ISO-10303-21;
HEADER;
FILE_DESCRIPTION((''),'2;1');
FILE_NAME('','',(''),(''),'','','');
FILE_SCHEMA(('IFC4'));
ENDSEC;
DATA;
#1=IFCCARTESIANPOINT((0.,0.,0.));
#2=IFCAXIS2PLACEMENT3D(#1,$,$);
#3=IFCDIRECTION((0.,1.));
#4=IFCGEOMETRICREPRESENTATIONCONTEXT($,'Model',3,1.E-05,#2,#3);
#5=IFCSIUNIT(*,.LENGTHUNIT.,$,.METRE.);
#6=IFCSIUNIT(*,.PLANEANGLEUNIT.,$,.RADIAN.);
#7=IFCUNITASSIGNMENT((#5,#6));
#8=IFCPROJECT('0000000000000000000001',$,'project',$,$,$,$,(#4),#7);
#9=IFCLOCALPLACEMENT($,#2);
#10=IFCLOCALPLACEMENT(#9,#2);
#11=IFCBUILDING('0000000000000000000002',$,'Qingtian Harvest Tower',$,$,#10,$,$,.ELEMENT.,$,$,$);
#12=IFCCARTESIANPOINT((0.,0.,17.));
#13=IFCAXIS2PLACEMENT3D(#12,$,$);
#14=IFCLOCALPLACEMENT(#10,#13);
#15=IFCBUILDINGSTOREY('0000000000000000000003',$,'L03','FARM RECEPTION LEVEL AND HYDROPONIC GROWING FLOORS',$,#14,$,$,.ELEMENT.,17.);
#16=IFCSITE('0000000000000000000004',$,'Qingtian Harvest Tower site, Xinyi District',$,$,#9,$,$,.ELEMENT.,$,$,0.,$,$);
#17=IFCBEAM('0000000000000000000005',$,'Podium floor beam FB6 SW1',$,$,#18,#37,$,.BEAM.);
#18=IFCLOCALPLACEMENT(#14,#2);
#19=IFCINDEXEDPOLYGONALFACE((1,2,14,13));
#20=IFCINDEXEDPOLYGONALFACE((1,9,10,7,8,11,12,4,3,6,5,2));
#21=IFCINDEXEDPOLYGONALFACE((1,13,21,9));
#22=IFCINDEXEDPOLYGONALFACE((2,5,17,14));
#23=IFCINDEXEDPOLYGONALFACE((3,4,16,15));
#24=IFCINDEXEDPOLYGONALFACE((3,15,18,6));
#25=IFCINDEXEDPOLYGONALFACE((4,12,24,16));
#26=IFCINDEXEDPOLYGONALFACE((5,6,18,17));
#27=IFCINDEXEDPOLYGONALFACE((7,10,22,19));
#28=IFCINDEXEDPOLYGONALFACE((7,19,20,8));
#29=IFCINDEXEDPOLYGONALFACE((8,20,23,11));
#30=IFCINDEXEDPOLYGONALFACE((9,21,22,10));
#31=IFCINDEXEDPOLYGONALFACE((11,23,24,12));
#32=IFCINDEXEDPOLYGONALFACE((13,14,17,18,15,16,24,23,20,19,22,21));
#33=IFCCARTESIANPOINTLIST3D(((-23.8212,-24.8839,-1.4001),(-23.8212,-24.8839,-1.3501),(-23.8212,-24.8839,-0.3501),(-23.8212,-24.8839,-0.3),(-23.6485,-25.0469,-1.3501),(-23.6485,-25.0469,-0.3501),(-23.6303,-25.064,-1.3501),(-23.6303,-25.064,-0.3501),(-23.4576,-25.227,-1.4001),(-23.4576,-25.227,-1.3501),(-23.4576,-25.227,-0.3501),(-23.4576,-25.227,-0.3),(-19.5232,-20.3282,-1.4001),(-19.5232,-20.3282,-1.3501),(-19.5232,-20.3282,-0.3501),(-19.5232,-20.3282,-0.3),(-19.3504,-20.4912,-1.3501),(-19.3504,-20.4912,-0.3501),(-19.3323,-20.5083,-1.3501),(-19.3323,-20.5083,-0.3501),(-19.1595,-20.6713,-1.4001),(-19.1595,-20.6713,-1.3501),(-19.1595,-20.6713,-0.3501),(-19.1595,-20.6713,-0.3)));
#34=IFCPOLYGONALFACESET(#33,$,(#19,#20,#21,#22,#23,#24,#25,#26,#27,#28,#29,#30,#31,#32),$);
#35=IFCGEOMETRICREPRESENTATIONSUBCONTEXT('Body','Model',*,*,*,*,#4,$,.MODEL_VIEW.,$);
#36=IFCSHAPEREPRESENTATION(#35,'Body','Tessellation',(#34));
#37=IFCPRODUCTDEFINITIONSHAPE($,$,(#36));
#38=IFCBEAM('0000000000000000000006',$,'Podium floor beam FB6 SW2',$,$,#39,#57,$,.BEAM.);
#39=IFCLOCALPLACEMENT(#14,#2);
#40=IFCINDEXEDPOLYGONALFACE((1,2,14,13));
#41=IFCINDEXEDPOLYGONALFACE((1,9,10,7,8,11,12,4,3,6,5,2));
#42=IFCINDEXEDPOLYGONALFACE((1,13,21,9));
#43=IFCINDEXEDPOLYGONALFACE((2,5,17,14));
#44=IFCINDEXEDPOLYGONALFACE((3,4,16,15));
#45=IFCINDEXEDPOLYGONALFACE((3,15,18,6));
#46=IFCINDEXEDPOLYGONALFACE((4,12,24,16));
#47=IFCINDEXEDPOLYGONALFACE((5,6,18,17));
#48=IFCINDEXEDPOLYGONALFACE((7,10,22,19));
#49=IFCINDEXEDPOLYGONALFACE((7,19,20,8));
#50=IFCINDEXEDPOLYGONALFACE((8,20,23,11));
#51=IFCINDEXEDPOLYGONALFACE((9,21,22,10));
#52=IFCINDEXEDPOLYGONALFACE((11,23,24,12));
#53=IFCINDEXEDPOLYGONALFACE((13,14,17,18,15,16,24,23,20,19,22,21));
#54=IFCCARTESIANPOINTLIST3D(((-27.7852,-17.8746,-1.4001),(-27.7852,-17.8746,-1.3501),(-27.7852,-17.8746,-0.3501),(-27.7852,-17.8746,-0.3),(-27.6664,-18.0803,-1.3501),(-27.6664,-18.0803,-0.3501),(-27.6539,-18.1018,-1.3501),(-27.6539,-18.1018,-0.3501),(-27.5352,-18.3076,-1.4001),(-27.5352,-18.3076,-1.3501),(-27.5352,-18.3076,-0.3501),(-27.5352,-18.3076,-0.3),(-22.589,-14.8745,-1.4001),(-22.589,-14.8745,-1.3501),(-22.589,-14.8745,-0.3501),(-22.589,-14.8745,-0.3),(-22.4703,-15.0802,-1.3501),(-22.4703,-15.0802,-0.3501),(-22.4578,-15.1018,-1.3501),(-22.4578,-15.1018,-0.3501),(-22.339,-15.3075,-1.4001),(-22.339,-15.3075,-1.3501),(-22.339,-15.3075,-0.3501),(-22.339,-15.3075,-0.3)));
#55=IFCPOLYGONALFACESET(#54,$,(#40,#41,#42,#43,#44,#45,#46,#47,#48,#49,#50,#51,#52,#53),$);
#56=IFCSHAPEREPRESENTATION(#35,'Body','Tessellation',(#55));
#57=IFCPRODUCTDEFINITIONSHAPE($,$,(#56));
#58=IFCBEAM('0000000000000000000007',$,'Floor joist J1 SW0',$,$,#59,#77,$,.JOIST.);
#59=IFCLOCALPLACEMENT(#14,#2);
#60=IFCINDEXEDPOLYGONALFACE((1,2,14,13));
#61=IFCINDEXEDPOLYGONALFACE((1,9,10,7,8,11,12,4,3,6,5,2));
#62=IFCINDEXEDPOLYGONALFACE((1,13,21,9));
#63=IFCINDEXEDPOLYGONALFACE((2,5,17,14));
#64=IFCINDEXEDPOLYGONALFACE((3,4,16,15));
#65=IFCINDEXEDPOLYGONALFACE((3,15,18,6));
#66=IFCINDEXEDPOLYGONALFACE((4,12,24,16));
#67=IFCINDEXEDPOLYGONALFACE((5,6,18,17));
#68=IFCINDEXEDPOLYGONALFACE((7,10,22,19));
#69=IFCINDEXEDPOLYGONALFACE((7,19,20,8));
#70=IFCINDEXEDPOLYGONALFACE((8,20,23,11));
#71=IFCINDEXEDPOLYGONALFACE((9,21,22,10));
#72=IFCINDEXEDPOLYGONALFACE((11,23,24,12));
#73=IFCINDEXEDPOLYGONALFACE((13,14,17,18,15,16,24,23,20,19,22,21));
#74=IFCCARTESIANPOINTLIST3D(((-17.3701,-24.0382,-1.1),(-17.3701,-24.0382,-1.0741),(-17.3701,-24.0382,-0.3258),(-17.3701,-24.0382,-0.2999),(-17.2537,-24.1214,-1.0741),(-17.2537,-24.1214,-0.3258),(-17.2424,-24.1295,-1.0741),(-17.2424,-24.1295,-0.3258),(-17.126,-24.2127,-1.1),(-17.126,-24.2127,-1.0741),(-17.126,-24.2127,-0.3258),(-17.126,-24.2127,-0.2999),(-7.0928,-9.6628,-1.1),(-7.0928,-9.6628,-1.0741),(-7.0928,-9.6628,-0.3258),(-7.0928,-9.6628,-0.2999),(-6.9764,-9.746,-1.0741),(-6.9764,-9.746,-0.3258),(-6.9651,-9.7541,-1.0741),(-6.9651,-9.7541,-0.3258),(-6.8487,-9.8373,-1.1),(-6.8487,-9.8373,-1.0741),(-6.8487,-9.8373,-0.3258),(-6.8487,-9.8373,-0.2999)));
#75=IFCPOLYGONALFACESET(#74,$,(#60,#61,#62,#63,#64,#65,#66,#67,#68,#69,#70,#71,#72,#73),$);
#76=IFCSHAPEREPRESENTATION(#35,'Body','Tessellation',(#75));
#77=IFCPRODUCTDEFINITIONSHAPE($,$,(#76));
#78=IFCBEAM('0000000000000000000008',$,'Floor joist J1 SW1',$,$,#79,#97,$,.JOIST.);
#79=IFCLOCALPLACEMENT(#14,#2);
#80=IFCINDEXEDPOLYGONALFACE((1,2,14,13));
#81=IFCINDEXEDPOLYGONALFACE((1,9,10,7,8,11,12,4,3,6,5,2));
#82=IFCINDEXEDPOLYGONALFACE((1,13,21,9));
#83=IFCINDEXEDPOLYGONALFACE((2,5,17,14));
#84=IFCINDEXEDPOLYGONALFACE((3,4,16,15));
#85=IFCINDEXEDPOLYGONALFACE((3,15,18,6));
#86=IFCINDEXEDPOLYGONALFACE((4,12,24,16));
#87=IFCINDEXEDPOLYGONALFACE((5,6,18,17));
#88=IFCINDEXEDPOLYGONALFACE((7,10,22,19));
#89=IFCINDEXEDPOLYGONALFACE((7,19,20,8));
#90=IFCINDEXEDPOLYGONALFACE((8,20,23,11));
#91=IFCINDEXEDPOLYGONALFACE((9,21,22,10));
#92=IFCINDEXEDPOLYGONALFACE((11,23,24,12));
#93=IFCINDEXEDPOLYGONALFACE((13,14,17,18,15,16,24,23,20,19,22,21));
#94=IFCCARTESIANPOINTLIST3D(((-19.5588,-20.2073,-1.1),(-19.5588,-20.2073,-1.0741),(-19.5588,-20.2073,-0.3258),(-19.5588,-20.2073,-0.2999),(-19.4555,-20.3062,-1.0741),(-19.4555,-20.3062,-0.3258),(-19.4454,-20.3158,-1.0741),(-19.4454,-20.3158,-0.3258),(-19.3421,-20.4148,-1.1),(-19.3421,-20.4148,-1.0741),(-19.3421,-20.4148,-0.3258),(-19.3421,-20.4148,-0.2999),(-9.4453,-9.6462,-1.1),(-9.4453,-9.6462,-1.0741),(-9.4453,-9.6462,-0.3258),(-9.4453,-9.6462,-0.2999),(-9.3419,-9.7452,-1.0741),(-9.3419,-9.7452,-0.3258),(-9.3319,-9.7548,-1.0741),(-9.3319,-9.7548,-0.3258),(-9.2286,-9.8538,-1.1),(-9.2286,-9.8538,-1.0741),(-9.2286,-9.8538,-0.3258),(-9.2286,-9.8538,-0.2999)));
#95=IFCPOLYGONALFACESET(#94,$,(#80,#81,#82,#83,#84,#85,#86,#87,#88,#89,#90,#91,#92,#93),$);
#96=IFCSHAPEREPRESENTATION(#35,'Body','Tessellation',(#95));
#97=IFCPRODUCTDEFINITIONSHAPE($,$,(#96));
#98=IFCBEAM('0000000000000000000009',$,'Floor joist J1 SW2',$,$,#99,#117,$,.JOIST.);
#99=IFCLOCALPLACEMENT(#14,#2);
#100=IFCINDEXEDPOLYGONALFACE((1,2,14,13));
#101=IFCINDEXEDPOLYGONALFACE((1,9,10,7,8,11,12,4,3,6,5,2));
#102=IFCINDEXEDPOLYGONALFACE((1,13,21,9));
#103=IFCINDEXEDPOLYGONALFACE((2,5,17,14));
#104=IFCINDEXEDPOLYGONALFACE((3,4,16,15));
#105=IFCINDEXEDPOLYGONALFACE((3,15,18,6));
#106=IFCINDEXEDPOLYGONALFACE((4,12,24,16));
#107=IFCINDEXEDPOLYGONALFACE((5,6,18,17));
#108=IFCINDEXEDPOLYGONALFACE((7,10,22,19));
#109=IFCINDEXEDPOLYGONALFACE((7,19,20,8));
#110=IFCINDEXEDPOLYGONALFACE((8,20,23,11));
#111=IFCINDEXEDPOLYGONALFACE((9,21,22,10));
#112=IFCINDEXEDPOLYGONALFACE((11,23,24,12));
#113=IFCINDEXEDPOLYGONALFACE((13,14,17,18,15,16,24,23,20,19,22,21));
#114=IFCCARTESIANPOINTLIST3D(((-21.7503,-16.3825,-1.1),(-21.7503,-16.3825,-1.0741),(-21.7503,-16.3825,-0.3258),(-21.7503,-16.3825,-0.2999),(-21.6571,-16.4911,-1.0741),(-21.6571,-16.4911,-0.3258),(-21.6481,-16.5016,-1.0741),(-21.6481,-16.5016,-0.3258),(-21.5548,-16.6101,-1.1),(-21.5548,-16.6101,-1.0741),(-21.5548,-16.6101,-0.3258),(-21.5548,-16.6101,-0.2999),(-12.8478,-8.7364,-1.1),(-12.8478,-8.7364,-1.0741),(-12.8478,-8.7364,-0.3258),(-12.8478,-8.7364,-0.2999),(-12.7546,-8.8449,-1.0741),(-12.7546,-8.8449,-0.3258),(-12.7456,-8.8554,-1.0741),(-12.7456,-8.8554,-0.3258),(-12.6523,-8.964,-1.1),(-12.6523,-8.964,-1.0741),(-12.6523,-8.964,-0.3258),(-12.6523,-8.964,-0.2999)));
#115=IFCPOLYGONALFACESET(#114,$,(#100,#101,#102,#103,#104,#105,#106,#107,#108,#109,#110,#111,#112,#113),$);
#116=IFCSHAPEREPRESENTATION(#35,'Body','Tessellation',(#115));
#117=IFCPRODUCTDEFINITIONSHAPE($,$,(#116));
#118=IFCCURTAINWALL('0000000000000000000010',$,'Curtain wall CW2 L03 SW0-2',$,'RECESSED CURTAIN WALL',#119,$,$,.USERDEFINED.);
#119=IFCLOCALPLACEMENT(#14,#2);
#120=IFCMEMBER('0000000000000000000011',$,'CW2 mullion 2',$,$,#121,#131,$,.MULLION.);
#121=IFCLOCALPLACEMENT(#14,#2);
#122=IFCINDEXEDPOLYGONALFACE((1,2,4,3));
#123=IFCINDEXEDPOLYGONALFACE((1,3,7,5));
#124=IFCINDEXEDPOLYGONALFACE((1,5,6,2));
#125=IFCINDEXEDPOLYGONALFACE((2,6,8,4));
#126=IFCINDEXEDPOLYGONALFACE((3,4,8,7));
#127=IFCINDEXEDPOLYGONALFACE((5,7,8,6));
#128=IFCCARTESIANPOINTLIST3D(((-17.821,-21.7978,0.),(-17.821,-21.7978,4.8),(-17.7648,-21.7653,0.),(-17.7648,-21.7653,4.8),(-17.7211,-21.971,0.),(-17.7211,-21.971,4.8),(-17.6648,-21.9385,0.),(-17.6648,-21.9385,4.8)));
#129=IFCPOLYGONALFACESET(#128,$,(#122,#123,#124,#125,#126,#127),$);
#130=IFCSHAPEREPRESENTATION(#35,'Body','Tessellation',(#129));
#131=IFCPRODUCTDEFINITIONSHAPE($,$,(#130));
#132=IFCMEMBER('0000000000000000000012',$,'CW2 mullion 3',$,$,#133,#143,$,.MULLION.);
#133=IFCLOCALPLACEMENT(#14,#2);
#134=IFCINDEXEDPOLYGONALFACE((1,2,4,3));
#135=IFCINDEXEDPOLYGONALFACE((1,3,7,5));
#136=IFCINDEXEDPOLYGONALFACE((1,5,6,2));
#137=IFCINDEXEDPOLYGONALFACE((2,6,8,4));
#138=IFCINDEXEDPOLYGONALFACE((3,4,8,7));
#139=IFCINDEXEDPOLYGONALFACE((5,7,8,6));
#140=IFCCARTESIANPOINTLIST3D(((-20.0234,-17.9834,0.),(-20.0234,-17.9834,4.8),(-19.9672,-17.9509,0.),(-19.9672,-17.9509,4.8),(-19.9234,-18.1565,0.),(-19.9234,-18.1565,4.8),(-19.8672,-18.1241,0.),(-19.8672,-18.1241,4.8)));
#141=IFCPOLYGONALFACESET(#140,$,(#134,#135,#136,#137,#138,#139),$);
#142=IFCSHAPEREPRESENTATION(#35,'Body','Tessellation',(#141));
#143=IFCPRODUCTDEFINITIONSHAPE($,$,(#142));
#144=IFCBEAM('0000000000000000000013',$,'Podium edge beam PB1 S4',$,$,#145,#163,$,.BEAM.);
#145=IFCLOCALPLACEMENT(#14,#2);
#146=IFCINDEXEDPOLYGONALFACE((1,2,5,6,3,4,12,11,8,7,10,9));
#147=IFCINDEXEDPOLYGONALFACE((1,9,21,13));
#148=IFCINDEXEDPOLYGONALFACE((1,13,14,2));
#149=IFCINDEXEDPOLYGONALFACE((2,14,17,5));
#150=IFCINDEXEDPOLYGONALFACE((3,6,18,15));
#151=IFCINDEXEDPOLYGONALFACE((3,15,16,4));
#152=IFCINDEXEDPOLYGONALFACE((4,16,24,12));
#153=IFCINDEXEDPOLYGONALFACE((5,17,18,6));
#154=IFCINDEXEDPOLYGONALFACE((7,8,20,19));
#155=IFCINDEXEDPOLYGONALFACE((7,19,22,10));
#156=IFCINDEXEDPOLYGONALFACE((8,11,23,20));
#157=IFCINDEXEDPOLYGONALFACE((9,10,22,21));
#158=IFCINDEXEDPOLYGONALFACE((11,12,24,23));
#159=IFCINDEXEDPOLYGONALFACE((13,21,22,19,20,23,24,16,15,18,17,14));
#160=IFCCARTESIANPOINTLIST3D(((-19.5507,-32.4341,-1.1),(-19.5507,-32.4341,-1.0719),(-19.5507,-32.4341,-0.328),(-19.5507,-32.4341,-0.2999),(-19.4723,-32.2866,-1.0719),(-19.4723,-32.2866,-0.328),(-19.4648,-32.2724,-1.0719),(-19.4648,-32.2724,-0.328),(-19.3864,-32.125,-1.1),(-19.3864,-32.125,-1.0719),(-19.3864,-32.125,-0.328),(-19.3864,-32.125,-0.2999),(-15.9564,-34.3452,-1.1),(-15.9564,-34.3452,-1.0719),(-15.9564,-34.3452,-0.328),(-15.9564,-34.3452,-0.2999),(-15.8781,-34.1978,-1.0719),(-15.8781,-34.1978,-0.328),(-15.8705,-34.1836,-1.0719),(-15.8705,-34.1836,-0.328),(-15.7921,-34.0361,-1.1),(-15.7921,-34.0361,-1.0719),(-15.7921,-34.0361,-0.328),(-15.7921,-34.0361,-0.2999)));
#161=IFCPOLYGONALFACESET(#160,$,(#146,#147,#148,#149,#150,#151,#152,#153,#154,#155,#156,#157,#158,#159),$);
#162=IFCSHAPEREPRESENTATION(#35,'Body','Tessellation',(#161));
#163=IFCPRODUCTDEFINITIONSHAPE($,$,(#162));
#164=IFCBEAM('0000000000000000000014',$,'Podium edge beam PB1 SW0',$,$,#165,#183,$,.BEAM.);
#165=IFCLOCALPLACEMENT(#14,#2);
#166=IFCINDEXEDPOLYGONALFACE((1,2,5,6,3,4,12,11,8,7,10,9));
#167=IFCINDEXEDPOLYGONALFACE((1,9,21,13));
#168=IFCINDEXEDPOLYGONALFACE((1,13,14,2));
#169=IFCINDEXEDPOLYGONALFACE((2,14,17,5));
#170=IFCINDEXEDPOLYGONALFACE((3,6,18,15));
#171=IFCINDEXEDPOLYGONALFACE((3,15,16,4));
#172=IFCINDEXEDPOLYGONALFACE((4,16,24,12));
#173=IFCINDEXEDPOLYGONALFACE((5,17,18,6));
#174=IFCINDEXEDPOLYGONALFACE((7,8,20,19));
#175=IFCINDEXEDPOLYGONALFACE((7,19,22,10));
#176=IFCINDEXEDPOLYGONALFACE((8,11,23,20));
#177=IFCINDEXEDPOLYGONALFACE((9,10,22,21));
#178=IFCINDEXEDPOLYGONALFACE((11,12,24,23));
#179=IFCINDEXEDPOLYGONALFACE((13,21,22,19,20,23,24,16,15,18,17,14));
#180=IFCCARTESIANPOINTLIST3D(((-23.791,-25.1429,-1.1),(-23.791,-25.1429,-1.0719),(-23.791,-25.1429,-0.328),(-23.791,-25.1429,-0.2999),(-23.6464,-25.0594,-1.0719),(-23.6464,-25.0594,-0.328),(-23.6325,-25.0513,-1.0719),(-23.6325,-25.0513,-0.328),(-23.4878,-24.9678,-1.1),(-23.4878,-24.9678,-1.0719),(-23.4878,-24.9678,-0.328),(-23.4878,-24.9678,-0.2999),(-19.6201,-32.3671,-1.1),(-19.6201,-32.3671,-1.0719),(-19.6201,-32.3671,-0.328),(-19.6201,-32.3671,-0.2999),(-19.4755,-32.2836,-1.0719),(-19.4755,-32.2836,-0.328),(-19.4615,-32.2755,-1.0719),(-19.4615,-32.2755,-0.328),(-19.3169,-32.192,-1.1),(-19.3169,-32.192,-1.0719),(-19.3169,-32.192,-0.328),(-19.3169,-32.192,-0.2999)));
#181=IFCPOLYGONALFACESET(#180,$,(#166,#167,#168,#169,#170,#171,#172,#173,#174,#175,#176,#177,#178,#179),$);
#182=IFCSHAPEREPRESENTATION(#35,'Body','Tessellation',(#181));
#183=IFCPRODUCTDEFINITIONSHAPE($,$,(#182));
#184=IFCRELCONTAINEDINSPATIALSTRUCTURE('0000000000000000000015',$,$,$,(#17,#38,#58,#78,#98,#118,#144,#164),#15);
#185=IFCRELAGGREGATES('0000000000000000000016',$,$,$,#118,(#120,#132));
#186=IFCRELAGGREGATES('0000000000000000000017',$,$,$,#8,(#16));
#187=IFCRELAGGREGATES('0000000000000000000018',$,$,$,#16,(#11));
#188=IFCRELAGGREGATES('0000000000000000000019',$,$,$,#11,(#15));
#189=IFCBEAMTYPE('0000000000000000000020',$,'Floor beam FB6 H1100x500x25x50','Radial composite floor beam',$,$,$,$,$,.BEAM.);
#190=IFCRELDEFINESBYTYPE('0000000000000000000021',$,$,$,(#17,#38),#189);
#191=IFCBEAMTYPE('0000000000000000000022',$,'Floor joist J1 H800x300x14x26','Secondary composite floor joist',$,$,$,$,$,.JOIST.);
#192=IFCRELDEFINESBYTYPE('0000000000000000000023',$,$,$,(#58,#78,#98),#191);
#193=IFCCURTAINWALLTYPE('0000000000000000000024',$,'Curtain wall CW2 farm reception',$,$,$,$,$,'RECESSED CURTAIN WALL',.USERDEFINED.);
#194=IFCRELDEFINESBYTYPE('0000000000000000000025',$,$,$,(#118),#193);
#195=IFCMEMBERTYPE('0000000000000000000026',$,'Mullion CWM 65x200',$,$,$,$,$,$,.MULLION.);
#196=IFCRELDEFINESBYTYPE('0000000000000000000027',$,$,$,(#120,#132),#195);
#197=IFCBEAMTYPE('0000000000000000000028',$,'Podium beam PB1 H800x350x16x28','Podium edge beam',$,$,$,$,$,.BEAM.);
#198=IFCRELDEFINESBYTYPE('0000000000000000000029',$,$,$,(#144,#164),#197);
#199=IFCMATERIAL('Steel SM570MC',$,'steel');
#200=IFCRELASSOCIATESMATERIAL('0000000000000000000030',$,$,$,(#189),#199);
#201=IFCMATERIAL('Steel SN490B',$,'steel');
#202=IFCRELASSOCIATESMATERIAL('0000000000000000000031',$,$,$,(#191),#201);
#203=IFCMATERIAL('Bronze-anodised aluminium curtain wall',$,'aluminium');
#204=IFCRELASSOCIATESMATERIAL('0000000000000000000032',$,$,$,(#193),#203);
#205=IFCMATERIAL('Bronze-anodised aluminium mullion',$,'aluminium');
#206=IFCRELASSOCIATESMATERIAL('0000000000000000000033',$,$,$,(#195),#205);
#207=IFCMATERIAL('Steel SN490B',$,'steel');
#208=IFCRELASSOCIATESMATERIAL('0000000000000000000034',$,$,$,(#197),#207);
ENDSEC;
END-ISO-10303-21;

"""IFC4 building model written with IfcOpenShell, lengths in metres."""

from ifc_helpers import new_model, si_unit, direction, frame, origin, origin_2d, place, context, subcontext, project, spatial, rectangle, i_section, extrude, material, material_profile, profile_set, type_object, element, aggregate, save


model = new_model("IFC4")

# Units and contexts
model_context = context("Model", 3, precision=1e-05, world=origin(), true_north=direction((0.0, 1.0)))
body_context = subcontext(model_context, "Body", "Model", "MODEL_VIEW")
ifc_project = project(units=[si_unit("LENGTHUNIT", "METRE"), si_unit("PLANEANGLEUNIT", "RADIAN")], contexts=[model_context])

# Site, building, storey
site_placement = place(None, origin())
site = spatial("IfcSite", under=ifc_project, at=site_placement, Name="Qingtian Harvest Tower site, Xinyi District", CompositionType="ELEMENT", RefElevation=0.0)
building_placement = place(site_placement, origin())
building = spatial("IfcBuilding", under=site, at=building_placement, Name="Qingtian Harvest Tower", CompositionType="ELEMENT")
storey_placement = place(building_placement, frame((0.0, 0.0, 17.0)))
storey = spatial("IfcBuildingStorey", under=building, at=storey_placement, Name="L03", Description="FARM RECEPTION LEVEL AND HYDROPONIC GROWING FLOORS", CompositionType="ELEMENT", Elevation=17.0)

# Beams
ifc_material_1 = material(Name="Steel SM570MC", Category="steel")
ifc_material_profile_1 = material_profile(ifc_material_1, i_section(OverallWidth=0.5, OverallDepth=1.1001, WebThickness=0.0249, FlangeThickness=0.05, at=origin_2d()), Name="H1100x500x25x50")
ifc_profile_set_1 = profile_set([ifc_material_profile_1], Name="Steel SM570MC")
beam_type_1 = type_object("IfcBeamType", Name="Floor beam FB6 H1100x500x25x50", Description="Radial composite floor beam", PredefinedType="BEAM", material=ifc_profile_set_1)
beam_1_placement = place(storey_placement, frame((-23.6394, -25.0554, -0.8501), z_axis=(0.686246, 0.72737, 0.0), x_axis=(-0.72737, 0.686246, 0.0)))
element("IfcBeam", 1, at=beam_1_placement, inside=storey, type_object=beam_type_1, Name="Podium floor beam FB6 SW1", PredefinedType="BEAM", context=body_context, shape_type="SweptSolid", body=[
    extrude(i_section(OverallWidth=0.5, OverallDepth=1.1001, WebThickness=0.0249, FlangeThickness=0.05, at=origin_2d()), origin(), (0.0, 0.0, 1.0), 6.2632),
])
beam_2_placement = place(storey_placement, frame((-27.6602, -18.0911, -0.8501), z_axis=(0.866021, 0.500008, 0.0), x_axis=(-0.500008, 0.866021, 0.0)))
element("IfcBeam", 2, at=beam_2_placement, inside=storey, type_object=beam_type_1, Name="Podium floor beam FB6 SW2", PredefinedType="BEAM", context=body_context, shape_type="SweptSolid", body=[
    extrude(i_section(OverallWidth=0.5, OverallDepth=1.1001, WebThickness=0.0249, FlangeThickness=0.05, at=origin_2d()), origin(), (0.0, 0.0, 1.0), 6.0),
])
ifc_material_2 = material(Name="Steel SN490B", Category="steel")
ifc_material_profile_2 = material_profile(ifc_material_2, i_section(OverallWidth=0.3, OverallDepth=0.8, WebThickness=0.0139, FlangeThickness=0.0259, at=origin_2d()), Name="H800x300x14x26")
ifc_profile_set_2 = profile_set([ifc_material_profile_2], Name="Steel SN490B")
beam_type_2 = type_object("IfcBeamType", Name="Floor joist J1 H800x300x14x26", Description="Secondary composite floor joist", PredefinedType="JOIST", material=ifc_profile_set_2)
beam_3_placement = place(storey_placement, frame((-17.248, -24.1255, -0.7), z_axis=(0.581581, 0.813489, 0.0), x_axis=(-0.813489, 0.581581, 0.0)))
element("IfcBeam", 3, at=beam_3_placement, inside=storey, type_object=beam_type_2, Name="Floor joist J1 SW0", PredefinedType="JOIST", context=body_context, shape_type="SweptSolid", body=[
    extrude(i_section(OverallWidth=0.3, OverallDepth=0.8, WebThickness=0.0139, FlangeThickness=0.0259, at=origin_2d()), origin(), (0.0, 0.0, 1.0), 17.6714),
])
beam_4_placement = place(storey_placement, frame((-19.4504, -20.311, -0.7), z_axis=(0.691639, 0.722243, 0.0), x_axis=(-0.722243, 0.691639, 0.0)))
element("IfcBeam", 4, at=beam_4_placement, inside=storey, type_object=beam_type_2, Name="Floor joist J1 SW1", PredefinedType="JOIST", context=body_context, shape_type="SweptSolid", body=[
    extrude(i_section(OverallWidth=0.3, OverallDepth=0.8, WebThickness=0.0139, FlangeThickness=0.0259, at=origin_2d()), origin(), (0.0, 0.0, 1.0), 14.6226),
])
beam_5_placement = place(storey_placement, frame((-21.6526, -16.4963, -0.7), z_axis=(0.758606, 0.65155, 0.0), x_axis=(-0.65155, 0.758606, 0.0)))
element("IfcBeam", 5, at=beam_5_placement, inside=storey, type_object=beam_type_2, Name="Floor joist J1 SW2", PredefinedType="JOIST", context=body_context, shape_type="SweptSolid", body=[
    extrude(i_section(OverallWidth=0.3, OverallDepth=0.8, WebThickness=0.0139, FlangeThickness=0.0259, at=origin_2d()), origin(), (0.0, 0.0, 1.0), 11.7354),
])

# Curtain wall, members
ifc_material_3 = material(Name="Bronze-anodised aluminium curtain wall", Category="aluminium")
curtain_wall_type = type_object("IfcCurtainWallType", Name="Curtain wall CW2 farm reception", ElementType="RECESSED CURTAIN WALL", PredefinedType="USERDEFINED", material=ifc_material_3)
curtain_wall_placement = place(storey_placement, origin())
curtain_wall = element("IfcCurtainWall", 6, at=curtain_wall_placement, inside=storey, type_object=curtain_wall_type, Name="Curtain wall CW2 L03 SW0-2", ObjectType="RECESSED CURTAIN WALL", PredefinedType="USERDEFINED")
ifc_material_4 = material(Name="Bronze-anodised aluminium mullion", Category="aluminium")
ifc_material_profile_3 = material_profile(ifc_material_4, rectangle(XDim=0.0649, YDim=0.2, at=origin_2d()), Name="AL 65x200")
ifc_profile_set_3 = profile_set([ifc_material_profile_3], Name="Bronze-anodised aluminium mullion")
member_type_1 = type_object("IfcMemberType", Name="Mullion CWM 65x200", PredefinedType="MULLION", material=ifc_profile_set_3)
member_1_placement = place(storey_placement, frame((-17.7429, -21.8682, 0.0), z_axis=(0.0, 0.0, 1.0), x_axis=(-0.866025, -0.5, 0.0)))
member_1 = element("IfcMember", 7, at=member_1_placement, type_object=member_type_1, Name="CW2 mullion 2", PredefinedType="MULLION", context=body_context, shape_type="SweptSolid", body=[
    extrude(rectangle(XDim=0.0649, YDim=0.2, at=origin_2d()), origin(), (0.0, 0.0, 1.0), 4.8),
])
member_2_placement = place(storey_placement, frame((-19.9453, -18.0537, 0.0), z_axis=(0.0, 0.0, 1.0), x_axis=(-0.866025, -0.5, 0.0)))
member_2 = element("IfcMember", 8, at=member_2_placement, type_object=member_type_1, Name="CW2 mullion 3", PredefinedType="MULLION", context=body_context, shape_type="SweptSolid", body=[
    extrude(rectangle(XDim=0.0649, YDim=0.2, at=origin_2d()), origin(), (0.0, 0.0, 1.0), 4.8),
])

# Beams
ifc_material_5 = material(Name="Steel SN490B", Category="steel")
ifc_material_profile_4 = material_profile(ifc_material_5, i_section(OverallWidth=0.3501, OverallDepth=0.8, WebThickness=0.0161, FlangeThickness=0.0281, at=origin_2d()), Name="H800x350x16x28")
ifc_profile_set_4 = profile_set([ifc_material_profile_4], Name="Steel SN490B")
beam_type_3 = type_object("IfcBeamType", Name="Podium beam PB1 H800x350x16x28", Description="Podium edge beam", PredefinedType="BEAM", material=ifc_profile_set_4)
beam_6_placement = place(storey_placement, frame((-15.8743, -34.1907, -0.7), z_axis=(-0.882943, 0.46948, 0.0), x_axis=(-0.46948, -0.882943, 0.0)))
element("IfcBeam", 9, at=beam_6_placement, inside=storey, type_object=beam_type_3, Name="Podium edge beam PB1 S4", PredefinedType="BEAM", context=body_context, shape_type="SweptSolid", body=[
    extrude(i_section(OverallWidth=0.3501, OverallDepth=0.8, WebThickness=0.0161, FlangeThickness=0.0281, at=origin_2d()), origin(), (0.0, 0.0, 1.0), 4.0708),
])
for number, where, z_axis, x_axis, name in (
    (10, (-19.4685, -32.2795, -0.7), (-0.500005, 0.866023, 0.0), (-0.866023, -0.500005, 0.0), "Podium edge beam PB1 SW0"),
):
    element("IfcBeam", number, at=place(storey_placement, frame(where, z_axis=z_axis, x_axis=x_axis)), inside=storey, type_object=beam_type_3, Name=name, PredefinedType="BEAM", context=body_context, shape_type="SweptSolid", body=[
        extrude(i_section(OverallWidth=0.3501, OverallDepth=0.8, WebThickness=0.0161, FlangeThickness=0.0281, at=origin_2d()), origin(), (0.0, 0.0, 1.0), 8.3418),
    ])

aggregate(curtain_wall, [member_1, member_2])

save(model, "model.ifc")
